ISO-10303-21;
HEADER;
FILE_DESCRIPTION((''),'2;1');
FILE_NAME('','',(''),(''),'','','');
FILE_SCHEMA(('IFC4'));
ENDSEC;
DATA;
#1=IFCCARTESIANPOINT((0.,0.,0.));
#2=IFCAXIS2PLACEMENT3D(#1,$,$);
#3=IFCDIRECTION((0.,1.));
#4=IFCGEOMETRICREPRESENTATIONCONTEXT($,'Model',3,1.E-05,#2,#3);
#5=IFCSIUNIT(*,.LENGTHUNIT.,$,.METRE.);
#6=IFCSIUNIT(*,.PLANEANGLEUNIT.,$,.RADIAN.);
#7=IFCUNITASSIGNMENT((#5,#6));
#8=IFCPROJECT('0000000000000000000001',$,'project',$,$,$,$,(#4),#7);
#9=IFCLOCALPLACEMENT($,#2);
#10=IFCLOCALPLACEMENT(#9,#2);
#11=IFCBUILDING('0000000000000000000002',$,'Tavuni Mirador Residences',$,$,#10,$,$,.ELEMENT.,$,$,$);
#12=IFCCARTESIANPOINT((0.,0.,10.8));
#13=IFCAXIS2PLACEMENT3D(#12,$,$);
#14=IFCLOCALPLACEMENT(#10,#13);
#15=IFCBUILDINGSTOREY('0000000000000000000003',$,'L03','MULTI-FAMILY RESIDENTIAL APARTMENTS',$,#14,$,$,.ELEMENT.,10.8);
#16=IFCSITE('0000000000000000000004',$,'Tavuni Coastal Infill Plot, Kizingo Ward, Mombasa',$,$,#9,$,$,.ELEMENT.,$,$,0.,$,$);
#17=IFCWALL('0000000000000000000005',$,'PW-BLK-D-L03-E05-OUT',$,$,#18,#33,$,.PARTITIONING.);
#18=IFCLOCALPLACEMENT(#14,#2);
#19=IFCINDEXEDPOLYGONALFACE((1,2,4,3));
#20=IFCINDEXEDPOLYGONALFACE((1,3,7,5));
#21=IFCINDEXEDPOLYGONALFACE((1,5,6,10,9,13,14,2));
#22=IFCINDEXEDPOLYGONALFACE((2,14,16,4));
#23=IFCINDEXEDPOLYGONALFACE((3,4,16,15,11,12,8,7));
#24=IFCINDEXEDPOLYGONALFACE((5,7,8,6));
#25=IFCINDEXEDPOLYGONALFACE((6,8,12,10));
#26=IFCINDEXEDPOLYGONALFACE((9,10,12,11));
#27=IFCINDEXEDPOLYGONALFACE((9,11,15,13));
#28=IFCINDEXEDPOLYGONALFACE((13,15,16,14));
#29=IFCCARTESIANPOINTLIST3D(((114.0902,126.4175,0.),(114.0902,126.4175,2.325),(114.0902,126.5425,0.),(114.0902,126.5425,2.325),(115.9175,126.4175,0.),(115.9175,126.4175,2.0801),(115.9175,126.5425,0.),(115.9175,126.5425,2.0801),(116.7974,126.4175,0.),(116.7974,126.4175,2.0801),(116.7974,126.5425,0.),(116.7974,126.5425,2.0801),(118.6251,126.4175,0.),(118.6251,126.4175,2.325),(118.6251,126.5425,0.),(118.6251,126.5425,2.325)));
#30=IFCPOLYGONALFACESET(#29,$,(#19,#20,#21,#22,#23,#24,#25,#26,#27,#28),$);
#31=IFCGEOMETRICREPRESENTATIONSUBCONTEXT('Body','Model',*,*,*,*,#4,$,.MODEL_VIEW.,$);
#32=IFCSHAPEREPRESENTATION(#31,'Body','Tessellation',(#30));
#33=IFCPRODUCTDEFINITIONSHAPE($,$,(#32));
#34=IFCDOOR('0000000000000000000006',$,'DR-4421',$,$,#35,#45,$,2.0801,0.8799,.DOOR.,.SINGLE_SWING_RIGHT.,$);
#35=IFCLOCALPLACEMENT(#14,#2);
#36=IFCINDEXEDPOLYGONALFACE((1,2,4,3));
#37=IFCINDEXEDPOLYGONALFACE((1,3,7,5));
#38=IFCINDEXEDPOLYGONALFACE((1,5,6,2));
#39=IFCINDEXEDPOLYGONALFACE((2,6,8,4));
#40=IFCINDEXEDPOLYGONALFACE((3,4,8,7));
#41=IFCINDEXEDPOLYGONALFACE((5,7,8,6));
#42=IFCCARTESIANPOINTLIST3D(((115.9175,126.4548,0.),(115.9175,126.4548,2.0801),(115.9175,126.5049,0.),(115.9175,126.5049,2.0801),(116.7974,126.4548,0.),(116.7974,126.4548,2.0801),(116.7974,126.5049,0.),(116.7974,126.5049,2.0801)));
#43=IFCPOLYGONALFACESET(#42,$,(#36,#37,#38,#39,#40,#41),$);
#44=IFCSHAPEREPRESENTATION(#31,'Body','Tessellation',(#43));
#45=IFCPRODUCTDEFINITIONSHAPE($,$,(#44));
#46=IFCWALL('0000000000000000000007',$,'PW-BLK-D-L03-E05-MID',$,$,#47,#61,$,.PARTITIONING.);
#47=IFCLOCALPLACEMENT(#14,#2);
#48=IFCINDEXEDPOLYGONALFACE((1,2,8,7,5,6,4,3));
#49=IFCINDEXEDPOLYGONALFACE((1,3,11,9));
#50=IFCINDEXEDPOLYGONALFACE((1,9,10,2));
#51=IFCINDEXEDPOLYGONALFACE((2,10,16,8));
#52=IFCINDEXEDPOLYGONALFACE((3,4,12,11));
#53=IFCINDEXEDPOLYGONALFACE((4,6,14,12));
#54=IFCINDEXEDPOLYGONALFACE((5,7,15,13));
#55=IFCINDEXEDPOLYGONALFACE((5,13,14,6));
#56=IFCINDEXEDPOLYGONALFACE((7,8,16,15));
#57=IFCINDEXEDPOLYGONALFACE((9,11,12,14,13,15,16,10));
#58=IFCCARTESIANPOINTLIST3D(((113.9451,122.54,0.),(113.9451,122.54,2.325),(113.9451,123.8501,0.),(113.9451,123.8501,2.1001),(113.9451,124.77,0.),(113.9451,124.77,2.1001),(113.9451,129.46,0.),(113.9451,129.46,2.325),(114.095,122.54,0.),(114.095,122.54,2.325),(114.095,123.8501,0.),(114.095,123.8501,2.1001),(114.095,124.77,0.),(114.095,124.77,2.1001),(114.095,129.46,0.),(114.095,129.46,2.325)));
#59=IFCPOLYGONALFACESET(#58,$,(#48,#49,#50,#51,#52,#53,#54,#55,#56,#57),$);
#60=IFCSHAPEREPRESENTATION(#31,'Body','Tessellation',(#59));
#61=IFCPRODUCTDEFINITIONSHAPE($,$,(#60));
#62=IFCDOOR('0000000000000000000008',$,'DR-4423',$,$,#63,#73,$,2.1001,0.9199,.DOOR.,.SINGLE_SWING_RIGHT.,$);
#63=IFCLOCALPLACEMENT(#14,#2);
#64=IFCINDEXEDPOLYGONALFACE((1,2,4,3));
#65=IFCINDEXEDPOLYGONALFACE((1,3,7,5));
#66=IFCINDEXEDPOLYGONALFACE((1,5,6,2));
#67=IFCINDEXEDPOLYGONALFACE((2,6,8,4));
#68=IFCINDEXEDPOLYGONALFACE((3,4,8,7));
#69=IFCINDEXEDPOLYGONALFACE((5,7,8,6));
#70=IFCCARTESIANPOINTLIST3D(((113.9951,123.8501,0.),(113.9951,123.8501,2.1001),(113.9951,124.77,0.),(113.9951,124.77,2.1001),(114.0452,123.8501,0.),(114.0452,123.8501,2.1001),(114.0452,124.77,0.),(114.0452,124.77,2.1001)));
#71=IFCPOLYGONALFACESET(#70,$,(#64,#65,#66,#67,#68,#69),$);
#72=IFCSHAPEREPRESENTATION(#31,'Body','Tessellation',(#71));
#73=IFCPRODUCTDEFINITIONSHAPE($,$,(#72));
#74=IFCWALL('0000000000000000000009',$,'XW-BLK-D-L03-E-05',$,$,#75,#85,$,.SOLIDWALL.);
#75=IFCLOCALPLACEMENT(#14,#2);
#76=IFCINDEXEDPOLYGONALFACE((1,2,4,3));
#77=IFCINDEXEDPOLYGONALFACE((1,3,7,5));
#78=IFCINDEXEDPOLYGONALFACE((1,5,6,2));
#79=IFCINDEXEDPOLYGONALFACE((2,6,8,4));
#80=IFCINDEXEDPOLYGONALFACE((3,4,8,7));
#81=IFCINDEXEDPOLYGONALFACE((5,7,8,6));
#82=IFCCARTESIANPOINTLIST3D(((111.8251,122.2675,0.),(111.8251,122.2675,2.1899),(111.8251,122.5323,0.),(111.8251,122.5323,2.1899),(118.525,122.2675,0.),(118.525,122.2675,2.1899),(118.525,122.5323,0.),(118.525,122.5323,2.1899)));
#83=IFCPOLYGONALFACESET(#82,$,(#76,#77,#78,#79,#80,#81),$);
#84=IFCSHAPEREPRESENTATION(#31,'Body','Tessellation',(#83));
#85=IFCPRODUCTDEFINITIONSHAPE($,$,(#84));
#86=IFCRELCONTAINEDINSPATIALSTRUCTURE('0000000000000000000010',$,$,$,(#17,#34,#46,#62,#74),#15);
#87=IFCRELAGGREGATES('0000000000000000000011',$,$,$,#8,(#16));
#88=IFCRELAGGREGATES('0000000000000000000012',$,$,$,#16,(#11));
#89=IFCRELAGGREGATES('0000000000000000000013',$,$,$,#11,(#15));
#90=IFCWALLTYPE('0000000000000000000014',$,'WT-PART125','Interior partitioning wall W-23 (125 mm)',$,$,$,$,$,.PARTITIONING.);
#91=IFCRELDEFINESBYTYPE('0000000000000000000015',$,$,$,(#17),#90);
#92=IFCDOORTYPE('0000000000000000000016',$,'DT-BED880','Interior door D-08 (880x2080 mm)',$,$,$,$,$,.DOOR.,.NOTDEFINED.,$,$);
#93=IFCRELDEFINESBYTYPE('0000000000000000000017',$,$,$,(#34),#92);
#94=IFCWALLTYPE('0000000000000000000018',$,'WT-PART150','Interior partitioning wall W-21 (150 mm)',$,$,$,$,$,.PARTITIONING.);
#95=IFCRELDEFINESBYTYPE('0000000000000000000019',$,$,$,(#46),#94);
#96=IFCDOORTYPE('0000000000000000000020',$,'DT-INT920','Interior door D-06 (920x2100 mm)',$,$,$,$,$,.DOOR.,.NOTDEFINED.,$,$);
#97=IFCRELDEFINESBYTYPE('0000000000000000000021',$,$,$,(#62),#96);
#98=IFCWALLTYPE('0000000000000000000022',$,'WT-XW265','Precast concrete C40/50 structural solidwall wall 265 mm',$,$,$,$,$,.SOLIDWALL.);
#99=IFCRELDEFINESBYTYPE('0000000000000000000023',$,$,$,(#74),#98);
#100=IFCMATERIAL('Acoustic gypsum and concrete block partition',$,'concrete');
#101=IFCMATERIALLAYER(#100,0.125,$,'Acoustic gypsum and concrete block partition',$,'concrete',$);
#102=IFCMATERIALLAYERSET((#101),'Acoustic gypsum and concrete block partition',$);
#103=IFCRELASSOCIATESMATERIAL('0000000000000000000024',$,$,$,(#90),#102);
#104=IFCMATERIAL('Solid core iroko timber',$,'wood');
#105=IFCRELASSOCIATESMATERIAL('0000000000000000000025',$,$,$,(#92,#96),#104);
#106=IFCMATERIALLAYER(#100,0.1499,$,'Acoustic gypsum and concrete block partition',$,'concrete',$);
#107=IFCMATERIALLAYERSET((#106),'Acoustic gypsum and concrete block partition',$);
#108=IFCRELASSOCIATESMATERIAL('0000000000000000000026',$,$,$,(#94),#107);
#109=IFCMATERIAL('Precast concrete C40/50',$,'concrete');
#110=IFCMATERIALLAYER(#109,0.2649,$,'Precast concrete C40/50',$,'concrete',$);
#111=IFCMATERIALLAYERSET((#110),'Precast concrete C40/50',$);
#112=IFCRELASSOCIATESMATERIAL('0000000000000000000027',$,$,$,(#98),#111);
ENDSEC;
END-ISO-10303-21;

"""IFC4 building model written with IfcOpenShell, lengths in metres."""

from ifc_helpers import new_model, si_unit, direction, frame, frame_2d, origin, place, context, subcontext, project, spatial, rectangle, extrude, material, layer, layer_set, type_object, element, fill, save


model = new_model("IFC4")

# Units and contexts
model_context = context("Model", 3, precision=1e-05, world=origin(), true_north=direction((0.0, 1.0)))
body_context = subcontext(model_context, "Body", "Model", "MODEL_VIEW")
ifc_project = project(units=[si_unit("LENGTHUNIT", "METRE"), si_unit("PLANEANGLEUNIT", "RADIAN")], contexts=[model_context])

# Site, building, storey
site_placement = place(None, origin())
site = spatial("IfcSite", under=ifc_project, at=site_placement, Name="Tavuni Coastal Infill Plot, Kizingo Ward, Mombasa", CompositionType="ELEMENT", RefElevation=0.0)
building_placement = place(site_placement, origin())
building = spatial("IfcBuilding", under=site, at=building_placement, Name="Tavuni Mirador Residences", CompositionType="ELEMENT")
storey_placement = place(building_placement, frame((0.0, 0.0, 10.8)))
storey = spatial("IfcBuildingStorey", under=building, at=storey_placement, Name="L03", Description="MULTI-FAMILY RESIDENTIAL APARTMENTS", CompositionType="ELEMENT", Elevation=10.8)

# Shared definitions
ifc_material_1 = material(Name="Precast concrete C40/50", Category="concrete")

# Shared definitions
ifc_material_2 = material(Name="Solid core iroko timber", Category="wood")

# Walls, openings, doors
ifc_material_3 = material(Name="Acoustic gypsum and concrete block partition", Category="concrete")
ifc_layer_1 = layer(ifc_material_3, 0.125, Name="Acoustic gypsum and concrete block partition", Category="concrete")
ifc_layer_set_1 = layer_set([ifc_layer_1], Name="Acoustic gypsum and concrete block partition")
wall_type_1 = type_object("IfcWallType", Name="WT-PART125", Description="Interior partitioning wall W-23 (125 mm)", PredefinedType="PARTITIONING", material=ifc_layer_set_1)
wall_1_placement = place(storey_placement, frame((114.0901, 126.48, 0.0), z_axis=(0.0, 0.0, 1.0), x_axis=(1.0, 0.0, 0.0)))
wall_1 = element("IfcWall", 1, at=wall_1_placement, inside=storey, type_object=wall_type_1, Name="PW-BLK-D-L03-E05-OUT", PredefinedType="PARTITIONING", context=body_context, shape_type="SweptSolid", body=[
    extrude(rectangle(XDim=4.5349, YDim=0.125, at=frame_2d((2.2676, 0.0))), origin(), (0.0, 0.0, 1.0), 2.325),
])
opening_1_placement = place(wall_1_placement, frame((1.8274, 0.0, 0.0)))
opening_1 = element("IfcOpeningElement", 2, at=opening_1_placement, cuts=wall_1, PredefinedType="OPENING", context=body_context, shape_type="SweptSolid", body=[
    extrude(rectangle(XDim=0.8799, YDim=2.0801, at=frame_2d((0.4399, 1.04))), frame((0.0, 0.0725, 0.0), z_axis=(0.0, -1.0, 0.0), x_axis=(1.0, 0.0, 0.0)), (0.0, 0.0, 1.0), 0.145),
])
door_type_1 = type_object("IfcDoorType", Name="DT-BED880", Description="Interior door D-08 (880x2080 mm)", OperationType="NOTDEFINED", PredefinedType="DOOR", material=ifc_material_2)
door_1_placement = place(opening_1_placement, origin())
door_1 = element("IfcDoor", 3, at=door_1_placement, inside=storey, type_object=door_type_1, Name="DR-4421", OperationType="SINGLE_SWING_RIGHT", OverallHeight=2.0801, OverallWidth=0.8799, PredefinedType="DOOR", context=body_context, shape_type="SweptSolid", body=[
    extrude(rectangle(XDim=0.8799, YDim=2.0801, at=frame_2d((0.4399, 1.04))), frame((0.0, 0.0249, 0.0), z_axis=(0.0, -1.0, 0.0), x_axis=(1.0, 0.0, 0.0)), (0.0, 0.0, 1.0), 0.05),
])
fill(opening_1, door_1)
ifc_layer_2 = layer(ifc_material_3, 0.1499, Name="Acoustic gypsum and concrete block partition", Category="concrete")
ifc_layer_set_2 = layer_set([ifc_layer_2], Name="Acoustic gypsum and concrete block partition")
wall_type_2 = type_object("IfcWallType", Name="WT-PART150", Description="Interior partitioning wall W-21 (150 mm)", PredefinedType="PARTITIONING", material=ifc_layer_set_2)
wall_2_placement = place(storey_placement, frame((114.02, 122.54, 0.0), z_axis=(0.0, 0.0, 1.0), x_axis=(0.0, 1.0, 0.0)))
wall_2 = element("IfcWall", 4, at=wall_2_placement, inside=storey, type_object=wall_type_2, Name="PW-BLK-D-L03-E05-MID", PredefinedType="PARTITIONING", context=body_context, shape_type="SweptSolid", body=[
    extrude(rectangle(XDim=6.9199, YDim=0.1499, at=frame_2d((3.46, 0.0))), origin(), (0.0, 0.0, 1.0), 2.325),
])
opening_2_placement = place(wall_2_placement, frame((1.3101, 0.0, 0.0)))
opening_2 = element("IfcOpeningElement", 5, at=opening_2_placement, cuts=wall_2, PredefinedType="OPENING", context=body_context, shape_type="SweptSolid", body=[
    extrude(rectangle(XDim=0.9199, YDim=2.1001, at=frame_2d((0.46, 1.05))), frame((0.0, 0.085, 0.0), z_axis=(0.0, -1.0, 0.0), x_axis=(1.0, 0.0, 0.0)), (0.0, 0.0, 1.0), 0.1699),
])
door_type_2 = type_object("IfcDoorType", Name="DT-INT920", Description="Interior door D-06 (920x2100 mm)", OperationType="NOTDEFINED", PredefinedType="DOOR", material=ifc_material_2)
door_2_placement = place(opening_2_placement, origin())
door_2 = element("IfcDoor", 6, at=door_2_placement, inside=storey, type_object=door_type_2, Name="DR-4423", OperationType="SINGLE_SWING_RIGHT", OverallHeight=2.1001, OverallWidth=0.9199, PredefinedType="DOOR", context=body_context, shape_type="SweptSolid", body=[
    extrude(rectangle(XDim=0.9199, YDim=2.1001, at=frame_2d((0.46, 1.05))), frame((0.0, 0.0249, 0.0), z_axis=(0.0, -1.0, 0.0), x_axis=(1.0, 0.0, 0.0)), (0.0, 0.0, 1.0), 0.05),
])
fill(opening_2, door_2)

# Wall
ifc_layer_3 = layer(ifc_material_1, 0.2649, Name="Precast concrete C40/50", Category="concrete")
ifc_layer_set_3 = layer_set([ifc_layer_3], Name="Precast concrete C40/50")
wall_type_3 = type_object("IfcWallType", Name="WT-XW265", Description="Precast concrete C40/50 structural solidwall wall 265 mm", PredefinedType="SOLIDWALL", material=ifc_layer_set_3)
wall_3_placement = place(storey_placement, frame((111.825, 122.3999, 0.0), z_axis=(0.0, 0.0, 1.0), x_axis=(1.0, 0.0, 0.0)))
element("IfcWall", 7, at=wall_3_placement, inside=storey, type_object=wall_type_3, Name="XW-BLK-D-L03-E-05", PredefinedType="SOLIDWALL", context=body_context, shape_type="SweptSolid", body=[
    extrude(rectangle(XDim=6.7, YDim=0.2649, at=frame_2d((3.3501, 0.0))), origin(), (0.0, 0.0, 1.0), 2.1899),
])

save(model, "model.ifc")
